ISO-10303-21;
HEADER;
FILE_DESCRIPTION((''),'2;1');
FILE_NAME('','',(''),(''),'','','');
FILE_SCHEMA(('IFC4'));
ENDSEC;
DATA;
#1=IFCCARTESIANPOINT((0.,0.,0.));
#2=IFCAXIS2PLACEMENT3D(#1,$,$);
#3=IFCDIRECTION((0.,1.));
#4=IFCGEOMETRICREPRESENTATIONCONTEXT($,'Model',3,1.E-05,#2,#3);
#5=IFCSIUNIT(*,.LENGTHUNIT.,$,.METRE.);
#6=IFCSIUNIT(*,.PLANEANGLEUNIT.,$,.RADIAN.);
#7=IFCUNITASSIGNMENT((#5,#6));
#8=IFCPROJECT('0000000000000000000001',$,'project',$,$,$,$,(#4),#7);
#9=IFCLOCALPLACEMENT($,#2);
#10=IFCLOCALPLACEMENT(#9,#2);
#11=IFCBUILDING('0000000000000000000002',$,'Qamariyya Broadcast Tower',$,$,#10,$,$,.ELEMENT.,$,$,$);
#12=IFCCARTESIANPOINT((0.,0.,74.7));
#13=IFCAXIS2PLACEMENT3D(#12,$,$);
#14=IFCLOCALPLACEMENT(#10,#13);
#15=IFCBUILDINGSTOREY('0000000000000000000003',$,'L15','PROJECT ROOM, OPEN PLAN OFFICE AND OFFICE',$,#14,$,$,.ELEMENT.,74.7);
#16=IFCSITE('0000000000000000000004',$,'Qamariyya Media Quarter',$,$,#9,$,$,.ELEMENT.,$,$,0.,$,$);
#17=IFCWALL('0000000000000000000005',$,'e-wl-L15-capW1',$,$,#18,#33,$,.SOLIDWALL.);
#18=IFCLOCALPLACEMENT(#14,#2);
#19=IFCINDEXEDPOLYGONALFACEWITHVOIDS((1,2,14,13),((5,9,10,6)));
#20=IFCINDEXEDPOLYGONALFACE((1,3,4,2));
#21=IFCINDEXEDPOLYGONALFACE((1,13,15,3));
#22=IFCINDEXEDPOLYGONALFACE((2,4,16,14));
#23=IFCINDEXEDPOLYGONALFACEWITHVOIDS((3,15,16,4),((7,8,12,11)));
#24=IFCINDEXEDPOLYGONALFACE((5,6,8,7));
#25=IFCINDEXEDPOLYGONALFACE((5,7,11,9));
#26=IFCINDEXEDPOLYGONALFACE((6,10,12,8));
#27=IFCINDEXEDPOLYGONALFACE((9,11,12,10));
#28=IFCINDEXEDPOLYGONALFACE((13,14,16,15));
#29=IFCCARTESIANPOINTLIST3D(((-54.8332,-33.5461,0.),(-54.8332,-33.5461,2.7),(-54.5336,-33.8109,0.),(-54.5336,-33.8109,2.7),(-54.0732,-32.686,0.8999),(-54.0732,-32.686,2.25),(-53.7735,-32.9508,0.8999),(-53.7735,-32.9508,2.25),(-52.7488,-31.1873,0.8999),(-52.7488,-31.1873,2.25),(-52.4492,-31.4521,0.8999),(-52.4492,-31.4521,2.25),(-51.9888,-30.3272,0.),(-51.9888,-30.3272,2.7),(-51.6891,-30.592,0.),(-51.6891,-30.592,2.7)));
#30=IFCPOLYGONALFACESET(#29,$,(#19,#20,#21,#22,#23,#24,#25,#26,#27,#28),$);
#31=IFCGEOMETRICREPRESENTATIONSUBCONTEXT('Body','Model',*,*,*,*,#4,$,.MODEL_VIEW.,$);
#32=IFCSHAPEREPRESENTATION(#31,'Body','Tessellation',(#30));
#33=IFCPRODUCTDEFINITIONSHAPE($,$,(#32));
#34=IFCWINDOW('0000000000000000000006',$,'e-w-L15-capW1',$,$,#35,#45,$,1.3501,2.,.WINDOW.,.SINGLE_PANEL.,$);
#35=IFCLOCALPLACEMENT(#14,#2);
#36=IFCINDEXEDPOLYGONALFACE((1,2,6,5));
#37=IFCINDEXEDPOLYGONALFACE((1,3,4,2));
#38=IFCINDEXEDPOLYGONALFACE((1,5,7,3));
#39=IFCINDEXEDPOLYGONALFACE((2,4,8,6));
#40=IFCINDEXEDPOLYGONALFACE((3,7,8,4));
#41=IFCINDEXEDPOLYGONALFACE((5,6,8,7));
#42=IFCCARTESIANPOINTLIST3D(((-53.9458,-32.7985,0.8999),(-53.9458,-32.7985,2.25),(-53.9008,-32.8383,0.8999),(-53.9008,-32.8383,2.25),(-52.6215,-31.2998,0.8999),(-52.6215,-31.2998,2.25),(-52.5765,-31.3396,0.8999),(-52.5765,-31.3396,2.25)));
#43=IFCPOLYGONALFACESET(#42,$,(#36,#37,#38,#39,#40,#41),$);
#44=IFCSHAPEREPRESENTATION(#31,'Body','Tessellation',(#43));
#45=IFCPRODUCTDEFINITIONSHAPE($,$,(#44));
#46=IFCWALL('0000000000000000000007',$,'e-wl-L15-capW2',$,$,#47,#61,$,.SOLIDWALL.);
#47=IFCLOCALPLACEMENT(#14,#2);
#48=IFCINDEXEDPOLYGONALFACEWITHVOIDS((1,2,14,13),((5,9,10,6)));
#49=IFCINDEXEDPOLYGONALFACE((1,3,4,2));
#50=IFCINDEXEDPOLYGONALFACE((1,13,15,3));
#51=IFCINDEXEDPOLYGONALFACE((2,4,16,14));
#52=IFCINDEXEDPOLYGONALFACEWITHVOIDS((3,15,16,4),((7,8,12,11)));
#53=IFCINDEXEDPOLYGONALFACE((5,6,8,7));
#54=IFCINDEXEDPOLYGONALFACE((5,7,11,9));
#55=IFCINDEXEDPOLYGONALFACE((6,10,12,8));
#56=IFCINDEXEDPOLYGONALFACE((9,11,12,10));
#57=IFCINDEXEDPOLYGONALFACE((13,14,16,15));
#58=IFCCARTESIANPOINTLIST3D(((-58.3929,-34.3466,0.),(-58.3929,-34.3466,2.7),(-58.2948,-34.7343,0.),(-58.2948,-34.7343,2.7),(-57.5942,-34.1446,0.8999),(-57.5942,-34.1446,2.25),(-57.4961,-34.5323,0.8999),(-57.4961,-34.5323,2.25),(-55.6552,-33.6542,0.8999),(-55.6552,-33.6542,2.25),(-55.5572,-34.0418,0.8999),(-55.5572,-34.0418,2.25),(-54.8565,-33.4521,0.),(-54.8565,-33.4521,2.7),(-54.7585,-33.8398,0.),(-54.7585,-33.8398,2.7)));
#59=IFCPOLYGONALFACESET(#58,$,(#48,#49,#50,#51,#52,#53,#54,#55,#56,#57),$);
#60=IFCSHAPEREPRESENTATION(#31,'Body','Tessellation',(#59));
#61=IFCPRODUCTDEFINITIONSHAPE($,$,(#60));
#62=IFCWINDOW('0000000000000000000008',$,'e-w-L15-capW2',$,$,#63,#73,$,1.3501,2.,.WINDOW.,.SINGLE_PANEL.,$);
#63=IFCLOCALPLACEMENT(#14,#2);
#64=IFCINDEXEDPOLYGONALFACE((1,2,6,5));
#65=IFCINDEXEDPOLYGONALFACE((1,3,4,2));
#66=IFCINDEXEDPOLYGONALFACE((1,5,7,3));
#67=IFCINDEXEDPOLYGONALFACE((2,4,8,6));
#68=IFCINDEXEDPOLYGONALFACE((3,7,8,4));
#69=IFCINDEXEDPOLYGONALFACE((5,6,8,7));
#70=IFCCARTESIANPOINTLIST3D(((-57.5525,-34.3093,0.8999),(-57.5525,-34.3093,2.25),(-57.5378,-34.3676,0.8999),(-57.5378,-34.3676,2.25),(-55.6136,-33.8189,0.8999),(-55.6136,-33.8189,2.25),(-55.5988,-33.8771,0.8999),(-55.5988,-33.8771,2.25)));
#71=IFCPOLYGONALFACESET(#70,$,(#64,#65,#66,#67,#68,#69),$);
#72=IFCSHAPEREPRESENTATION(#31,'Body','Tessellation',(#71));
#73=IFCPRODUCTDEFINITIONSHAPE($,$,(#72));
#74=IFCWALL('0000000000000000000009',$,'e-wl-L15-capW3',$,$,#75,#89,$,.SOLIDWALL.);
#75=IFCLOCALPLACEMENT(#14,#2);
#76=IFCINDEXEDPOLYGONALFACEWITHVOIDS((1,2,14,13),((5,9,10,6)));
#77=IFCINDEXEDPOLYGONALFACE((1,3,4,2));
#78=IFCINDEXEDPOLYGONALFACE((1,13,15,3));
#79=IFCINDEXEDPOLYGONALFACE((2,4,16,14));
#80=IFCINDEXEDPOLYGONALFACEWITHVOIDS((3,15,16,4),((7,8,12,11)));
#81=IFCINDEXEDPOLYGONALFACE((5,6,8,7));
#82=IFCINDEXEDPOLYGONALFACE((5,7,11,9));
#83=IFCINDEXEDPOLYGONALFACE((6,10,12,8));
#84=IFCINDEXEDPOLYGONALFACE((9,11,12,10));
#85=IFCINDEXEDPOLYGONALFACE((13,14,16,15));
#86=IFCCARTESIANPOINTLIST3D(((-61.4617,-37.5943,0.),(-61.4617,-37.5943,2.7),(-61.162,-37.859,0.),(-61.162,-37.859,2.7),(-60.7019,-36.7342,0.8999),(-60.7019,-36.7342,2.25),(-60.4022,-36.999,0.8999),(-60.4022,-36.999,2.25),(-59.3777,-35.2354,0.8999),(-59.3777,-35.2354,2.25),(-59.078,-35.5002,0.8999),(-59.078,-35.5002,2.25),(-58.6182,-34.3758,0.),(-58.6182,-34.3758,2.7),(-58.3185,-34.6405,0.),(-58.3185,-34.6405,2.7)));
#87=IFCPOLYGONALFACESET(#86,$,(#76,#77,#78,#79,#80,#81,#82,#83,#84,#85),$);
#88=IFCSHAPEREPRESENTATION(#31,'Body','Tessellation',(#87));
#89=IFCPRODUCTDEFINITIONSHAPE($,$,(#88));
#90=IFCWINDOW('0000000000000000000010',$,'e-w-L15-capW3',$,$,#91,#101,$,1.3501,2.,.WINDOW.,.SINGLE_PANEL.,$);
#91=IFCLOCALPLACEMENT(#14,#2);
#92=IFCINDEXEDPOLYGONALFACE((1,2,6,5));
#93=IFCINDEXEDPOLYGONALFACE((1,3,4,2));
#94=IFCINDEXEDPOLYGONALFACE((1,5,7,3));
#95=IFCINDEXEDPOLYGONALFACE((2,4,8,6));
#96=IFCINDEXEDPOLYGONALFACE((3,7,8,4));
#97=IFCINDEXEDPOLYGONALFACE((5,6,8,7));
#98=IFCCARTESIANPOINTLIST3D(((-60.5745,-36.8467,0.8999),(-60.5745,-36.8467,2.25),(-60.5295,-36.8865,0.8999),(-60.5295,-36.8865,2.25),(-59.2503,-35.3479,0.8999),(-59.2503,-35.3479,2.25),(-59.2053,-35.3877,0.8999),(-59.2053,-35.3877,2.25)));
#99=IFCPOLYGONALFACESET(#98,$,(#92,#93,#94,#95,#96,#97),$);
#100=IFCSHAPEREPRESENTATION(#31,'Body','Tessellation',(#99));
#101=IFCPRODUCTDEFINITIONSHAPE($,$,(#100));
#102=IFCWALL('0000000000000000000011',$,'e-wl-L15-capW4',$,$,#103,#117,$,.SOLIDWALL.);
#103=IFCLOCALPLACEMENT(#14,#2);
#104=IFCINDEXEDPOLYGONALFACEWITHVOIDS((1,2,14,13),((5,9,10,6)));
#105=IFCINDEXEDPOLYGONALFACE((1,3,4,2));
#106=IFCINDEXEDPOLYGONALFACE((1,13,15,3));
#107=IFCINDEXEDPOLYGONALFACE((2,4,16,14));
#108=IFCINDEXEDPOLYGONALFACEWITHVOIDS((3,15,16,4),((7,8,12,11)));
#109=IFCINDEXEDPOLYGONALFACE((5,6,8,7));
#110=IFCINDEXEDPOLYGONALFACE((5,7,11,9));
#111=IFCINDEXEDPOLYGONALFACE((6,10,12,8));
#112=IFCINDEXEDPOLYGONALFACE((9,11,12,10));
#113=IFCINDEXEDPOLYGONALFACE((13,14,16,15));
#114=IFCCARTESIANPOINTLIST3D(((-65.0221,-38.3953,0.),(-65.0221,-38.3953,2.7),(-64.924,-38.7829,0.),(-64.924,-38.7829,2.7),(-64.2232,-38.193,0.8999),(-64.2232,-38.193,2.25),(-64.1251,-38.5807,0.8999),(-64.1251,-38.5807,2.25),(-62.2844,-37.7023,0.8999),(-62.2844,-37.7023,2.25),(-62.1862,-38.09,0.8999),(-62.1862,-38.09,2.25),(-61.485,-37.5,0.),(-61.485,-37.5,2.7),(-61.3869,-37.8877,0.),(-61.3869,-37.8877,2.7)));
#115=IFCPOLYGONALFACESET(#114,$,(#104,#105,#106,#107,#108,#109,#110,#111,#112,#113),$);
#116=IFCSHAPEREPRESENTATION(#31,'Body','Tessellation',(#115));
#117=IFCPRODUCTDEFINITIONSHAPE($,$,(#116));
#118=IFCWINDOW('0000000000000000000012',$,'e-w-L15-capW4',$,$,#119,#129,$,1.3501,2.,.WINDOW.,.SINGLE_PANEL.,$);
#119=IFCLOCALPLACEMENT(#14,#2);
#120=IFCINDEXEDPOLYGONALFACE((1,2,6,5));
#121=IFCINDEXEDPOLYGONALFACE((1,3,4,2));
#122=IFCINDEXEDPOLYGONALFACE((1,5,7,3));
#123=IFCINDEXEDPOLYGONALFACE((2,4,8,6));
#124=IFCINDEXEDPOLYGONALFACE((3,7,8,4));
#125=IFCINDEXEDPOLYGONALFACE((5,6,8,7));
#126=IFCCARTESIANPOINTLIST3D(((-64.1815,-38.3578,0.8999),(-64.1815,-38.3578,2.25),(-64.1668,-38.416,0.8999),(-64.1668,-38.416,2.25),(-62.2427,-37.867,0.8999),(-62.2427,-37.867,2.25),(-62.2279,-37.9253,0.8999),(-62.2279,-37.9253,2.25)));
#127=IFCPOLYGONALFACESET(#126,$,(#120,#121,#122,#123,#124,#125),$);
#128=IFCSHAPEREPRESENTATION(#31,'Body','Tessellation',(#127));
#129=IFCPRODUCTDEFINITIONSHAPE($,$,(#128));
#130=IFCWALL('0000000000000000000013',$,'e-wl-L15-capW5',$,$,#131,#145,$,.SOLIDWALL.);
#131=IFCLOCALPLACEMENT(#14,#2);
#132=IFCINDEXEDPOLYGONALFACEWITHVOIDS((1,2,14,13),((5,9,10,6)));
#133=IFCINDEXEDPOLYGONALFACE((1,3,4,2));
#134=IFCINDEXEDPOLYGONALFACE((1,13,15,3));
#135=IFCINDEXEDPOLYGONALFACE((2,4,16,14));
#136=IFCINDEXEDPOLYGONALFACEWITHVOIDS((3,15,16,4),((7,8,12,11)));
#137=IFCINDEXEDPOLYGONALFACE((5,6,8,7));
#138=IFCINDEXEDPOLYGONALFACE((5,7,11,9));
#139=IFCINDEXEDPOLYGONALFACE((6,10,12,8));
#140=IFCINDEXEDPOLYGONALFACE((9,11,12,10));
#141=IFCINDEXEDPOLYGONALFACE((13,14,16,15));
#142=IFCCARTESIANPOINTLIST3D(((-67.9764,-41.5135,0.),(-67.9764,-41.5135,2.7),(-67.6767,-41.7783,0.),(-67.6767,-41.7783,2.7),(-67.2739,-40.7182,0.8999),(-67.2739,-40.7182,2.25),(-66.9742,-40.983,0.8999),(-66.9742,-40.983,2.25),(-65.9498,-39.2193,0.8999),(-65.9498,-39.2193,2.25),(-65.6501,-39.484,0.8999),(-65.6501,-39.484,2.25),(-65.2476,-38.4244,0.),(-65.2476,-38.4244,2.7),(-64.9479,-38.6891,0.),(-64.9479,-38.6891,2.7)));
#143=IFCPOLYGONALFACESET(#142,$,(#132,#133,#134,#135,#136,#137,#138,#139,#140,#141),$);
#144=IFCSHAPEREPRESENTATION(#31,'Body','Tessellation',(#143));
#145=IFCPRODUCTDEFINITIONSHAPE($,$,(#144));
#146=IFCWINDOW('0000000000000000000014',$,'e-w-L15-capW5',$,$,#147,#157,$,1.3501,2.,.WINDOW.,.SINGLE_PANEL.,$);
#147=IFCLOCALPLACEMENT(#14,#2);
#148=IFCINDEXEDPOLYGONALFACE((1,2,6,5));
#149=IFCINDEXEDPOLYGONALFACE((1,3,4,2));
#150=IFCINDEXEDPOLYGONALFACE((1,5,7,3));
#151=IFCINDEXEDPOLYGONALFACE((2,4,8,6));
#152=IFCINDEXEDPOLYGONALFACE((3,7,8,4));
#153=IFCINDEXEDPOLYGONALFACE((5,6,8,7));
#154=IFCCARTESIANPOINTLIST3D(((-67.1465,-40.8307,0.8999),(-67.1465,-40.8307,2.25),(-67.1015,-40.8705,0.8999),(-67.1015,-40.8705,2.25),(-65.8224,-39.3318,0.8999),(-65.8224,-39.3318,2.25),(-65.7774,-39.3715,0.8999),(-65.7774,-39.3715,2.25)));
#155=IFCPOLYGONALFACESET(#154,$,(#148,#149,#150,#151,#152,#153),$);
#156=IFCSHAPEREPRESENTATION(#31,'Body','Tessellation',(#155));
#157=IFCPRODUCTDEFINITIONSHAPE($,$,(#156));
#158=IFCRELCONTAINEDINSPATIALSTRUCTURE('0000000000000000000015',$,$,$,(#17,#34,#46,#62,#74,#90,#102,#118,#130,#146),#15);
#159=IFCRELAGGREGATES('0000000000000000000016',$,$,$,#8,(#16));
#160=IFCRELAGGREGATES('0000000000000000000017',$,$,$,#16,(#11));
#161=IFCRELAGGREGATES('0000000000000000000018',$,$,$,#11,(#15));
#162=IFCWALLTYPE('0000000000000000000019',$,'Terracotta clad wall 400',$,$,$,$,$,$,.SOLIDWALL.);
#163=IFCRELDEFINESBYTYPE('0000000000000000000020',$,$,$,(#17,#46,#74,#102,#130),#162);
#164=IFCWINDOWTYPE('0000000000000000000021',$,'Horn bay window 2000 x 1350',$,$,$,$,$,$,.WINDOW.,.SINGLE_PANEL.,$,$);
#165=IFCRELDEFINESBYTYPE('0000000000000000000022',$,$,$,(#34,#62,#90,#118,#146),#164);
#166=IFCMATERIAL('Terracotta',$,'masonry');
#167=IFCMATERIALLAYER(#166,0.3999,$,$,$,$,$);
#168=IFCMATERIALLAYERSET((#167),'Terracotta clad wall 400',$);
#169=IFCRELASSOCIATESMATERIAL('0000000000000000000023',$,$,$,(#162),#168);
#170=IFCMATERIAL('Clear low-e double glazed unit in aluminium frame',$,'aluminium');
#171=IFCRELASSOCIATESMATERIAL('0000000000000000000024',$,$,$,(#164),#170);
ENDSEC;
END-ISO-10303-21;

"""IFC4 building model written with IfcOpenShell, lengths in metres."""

from ifc_helpers import new_model, si_unit, direction, frame, frame_2d, origin, place, context, subcontext, project, spatial, rectangle, extrude, material, layer, layer_set, type_object, element, fill, save


model = new_model("IFC4")

# Units and contexts
model_context = context("Model", 3, precision=1e-05, world=origin(), true_north=direction((0.0, 1.0)))
body_context = subcontext(model_context, "Body", "Model", "MODEL_VIEW")
ifc_project = project(units=[si_unit("LENGTHUNIT", "METRE"), si_unit("PLANEANGLEUNIT", "RADIAN")], contexts=[model_context])

# Site, building, storey
site_placement = place(None, origin())
site = spatial("IfcSite", under=ifc_project, at=site_placement, Name="Qamariyya Media Quarter", CompositionType="ELEMENT", RefElevation=0.0)
building_placement = place(site_placement, origin())
building = spatial("IfcBuilding", under=site, at=building_placement, Name="Qamariyya Broadcast Tower", CompositionType="ELEMENT")
storey_placement = place(building_placement, frame((0.0, 0.0, 74.7)))
storey = spatial("IfcBuildingStorey", under=building, at=storey_placement, Name="L15", Description="PROJECT ROOM, OPEN PLAN OFFICE AND OFFICE", CompositionType="ELEMENT", Elevation=74.7)

# Walls, openings, windows
ifc_material_1 = material(Name="Terracotta", Category="masonry")
ifc_layer = layer(ifc_material_1, 0.3999)
ifc_layer_set = layer_set([ifc_layer], Name="Terracotta clad wall 400")
wall_type = type_object("IfcWallType", Name="Terracotta clad wall 400", PredefinedType="SOLIDWALL", material=ifc_layer_set)
ifc_material_2 = material(Name="Clear low-e double glazed unit in aluminium frame", Category="aluminium")
window_type = type_object("IfcWindowType", Name="Horn bay window 2000 x 1350", PartitioningType="SINGLE_PANEL", PredefinedType="WINDOW", material=ifc_material_2)
wall_1_placement = place(storey_placement, frame((-51.8389, -30.4595, 0.0), z_axis=(0.0, 0.0, 1.0), x_axis=(-0.66217, -0.749353, 0.0)))
wall_1 = element("IfcWall", 1, at=wall_1_placement, inside=storey, type_object=wall_type, Name="e-wl-L15-capW1", PredefinedType="SOLIDWALL", context=body_context, shape_type="SweptSolid", body=[
    extrude(rectangle(XDim=4.2957, YDim=0.3999, at=frame_2d((2.1479, 0.0))), origin(), (0.0, 0.0, 1.0), 2.7),
])
opening_1_placement = place(wall_1_placement, frame((1.1479, 0.0, 0.8999)))
opening_1 = element("IfcOpeningElement", 2, at=opening_1_placement, cuts=wall_1, PredefinedType="OPENING", context=body_context, shape_type="SweptSolid", body=[
    extrude(rectangle(XDim=2.0, YDim=1.3501, at=frame_2d((1.0, 0.675))), frame((0.0, 0.21, 0.0), z_axis=(0.0, -1.0, 0.0), x_axis=(1.0, 0.0, 0.0)), (0.0, 0.0, 1.0), 0.4199),
])
window_1_placement = place(opening_1_placement, origin())
window_1 = element("IfcWindow", 3, at=window_1_placement, inside=storey, type_object=window_type, Name="e-w-L15-capW1", OverallHeight=1.3501, OverallWidth=2.0, PartitioningType="SINGLE_PANEL", PredefinedType="WINDOW", context=body_context, shape_type="SweptSolid", body=[
    extrude(rectangle(XDim=2.0, YDim=1.3501, at=frame_2d((1.0, 0.675))), frame((0.0, 0.03, 0.0), z_axis=(0.0, -1.0, 0.0), x_axis=(1.0, 0.0, 0.0)), (0.0, 0.0, 1.0), 0.0601),
])
fill(opening_1, window_1)
wall_2_placement = place(storey_placement, frame((-54.8076, -33.646, 0.0), z_axis=(0.0, 0.0, 1.0), x_axis=(-0.969466, -0.245228, 0.0)))
wall_2 = element("IfcWall", 4, at=wall_2_placement, inside=storey, type_object=wall_type, Name="e-wl-L15-capW2", PredefinedType="SOLIDWALL", context=body_context, shape_type="SweptSolid", body=[
    extrude(rectangle(XDim=3.6477, YDim=0.3999, at=frame_2d((1.8237, 0.0))), origin(), (0.0, 0.0, 1.0), 2.7),
])
opening_2_placement = place(wall_2_placement, frame((0.8237, 0.0, 0.8999)))
opening_2 = element("IfcOpeningElement", 5, at=opening_2_placement, cuts=wall_2, PredefinedType="OPENING", context=body_context, shape_type="SweptSolid", body=[
    extrude(rectangle(XDim=2.0, YDim=1.3501, at=frame_2d((1.0, 0.675))), frame((0.0, 0.21, 0.0), z_axis=(0.0, -1.0, 0.0), x_axis=(1.0, 0.0, 0.0)), (0.0, 0.0, 1.0), 0.4199),
])
window_2_placement = place(opening_2_placement, origin())
window_2 = element("IfcWindow", 6, at=window_2_placement, inside=storey, type_object=window_type, Name="e-w-L15-capW2", OverallHeight=1.3501, OverallWidth=2.0, PartitioningType="SINGLE_PANEL", PredefinedType="WINDOW", context=body_context, shape_type="SweptSolid", body=[
    extrude(rectangle(XDim=2.0, YDim=1.3501, at=frame_2d((1.0, 0.675))), frame((0.0, 0.03, 0.0), z_axis=(0.0, -1.0, 0.0), x_axis=(1.0, 0.0, 0.0)), (0.0, 0.0, 1.0), 0.0601),
])
fill(opening_2, window_2)
wall_3_placement = place(storey_placement, frame((-58.4683, -34.5081, 0.0), z_axis=(0.0, 0.0, 1.0), x_axis=(-0.662099, -0.749416, 0.0)))
wall_3 = element("IfcWall", 7, at=wall_3_placement, inside=storey, type_object=wall_type, Name="e-wl-L15-capW3", PredefinedType="SOLIDWALL", context=body_context, shape_type="SweptSolid", body=[
    extrude(rectangle(XDim=4.2947, YDim=0.3999, at=frame_2d((2.1475, 0.0))), origin(), (0.0, 0.0, 1.0), 2.7),
])
opening_3_placement = place(wall_3_placement, frame((1.1472, 0.0, 0.8999)))
opening_3 = element("IfcOpeningElement", 8, at=opening_3_placement, cuts=wall_3, PredefinedType="OPENING", context=body_context, shape_type="SweptSolid", body=[
    extrude(rectangle(XDim=2.0, YDim=1.3501, at=frame_2d((1.0, 0.675))), frame((0.0, 0.21, 0.0), z_axis=(0.0, -1.0, 0.0), x_axis=(1.0, 0.0, 0.0)), (0.0, 0.0, 1.0), 0.4199),
])
window_3_placement = place(opening_3_placement, origin())
window_3 = element("IfcWindow", 9, at=window_3_placement, inside=storey, type_object=window_type, Name="e-w-L15-capW3", OverallHeight=1.3501, OverallWidth=2.0, PartitioningType="SINGLE_PANEL", PredefinedType="WINDOW", context=body_context, shape_type="SweptSolid", body=[
    extrude(rectangle(XDim=2.0, YDim=1.3501, at=frame_2d((1.0, 0.675))), frame((0.0, 0.03, 0.0), z_axis=(0.0, -1.0, 0.0), x_axis=(1.0, 0.0, 0.0)), (0.0, 0.0, 1.0), 0.0601),
])
fill(opening_3, window_3)
wall_4_placement = place(storey_placement, frame((-61.436, -37.6938, 0.0), z_axis=(0.0, 0.0, 1.0), x_axis=(-0.96943, -0.245369, 0.0)))
wall_4 = element("IfcWall", 10, at=wall_4_placement, inside=storey, type_object=wall_type, Name="e-wl-L15-capW4", PredefinedType="SOLIDWALL", context=body_context, shape_type="SweptSolid", body=[
    extrude(rectangle(XDim=3.6487, YDim=0.3999, at=frame_2d((1.8242, 0.0))), origin(), (0.0, 0.0, 1.0), 2.7),
])
opening_4_placement = place(wall_4_placement, frame((0.8245, 0.0, 0.8999)))
opening_4 = element("IfcOpeningElement", 11, at=opening_4_placement, cuts=wall_4, PredefinedType="OPENING", context=body_context, shape_type="SweptSolid", body=[
    extrude(rectangle(XDim=2.0, YDim=1.3501, at=frame_2d((1.0, 0.675))), frame((0.0, 0.21, 0.0), z_axis=(0.0, -1.0, 0.0), x_axis=(1.0, 0.0, 0.0)), (0.0, 0.0, 1.0), 0.4199),
])
window_4_placement = place(opening_4_placement, origin())
window_4 = element("IfcWindow", 12, at=window_4_placement, inside=storey, type_object=window_type, Name="e-w-L15-capW4", OverallHeight=1.3501, OverallWidth=2.0, PartitioningType="SINGLE_PANEL", PredefinedType="WINDOW", context=body_context, shape_type="SweptSolid", body=[
    extrude(rectangle(XDim=2.0, YDim=1.3501, at=frame_2d((1.0, 0.675))), frame((0.0, 0.03, 0.0), z_axis=(0.0, -1.0, 0.0), x_axis=(1.0, 0.0, 0.0)), (0.0, 0.0, 1.0), 0.0601),
])
fill(opening_4, window_4)
wall_5_placement = place(storey_placement, frame((-65.0977, -38.5566, 0.0), z_axis=(0.0, 0.0, 1.0), x_axis=(-0.662041, -0.749468, 0.0)))
wall_5 = element("IfcWall", 13, at=wall_5_placement, inside=storey, type_object=wall_type, Name="e-wl-L15-capW5", PredefinedType="SOLIDWALL", context=body_context, shape_type="SweptSolid", body=[
    extrude(rectangle(XDim=4.1218, YDim=0.3999, at=frame_2d((2.061, 0.0))), origin(), (0.0, 0.0, 1.0), 2.7),
])
opening_5_placement = place(wall_5_placement, frame((1.0608, 0.0, 0.8999)))
opening_5 = element("IfcOpeningElement", 14, at=opening_5_placement, cuts=wall_5, PredefinedType="OPENING", context=body_context, shape_type="SweptSolid", body=[
    extrude(rectangle(XDim=2.0, YDim=1.3501, at=frame_2d((1.0, 0.675))), frame((0.0, 0.21, 0.0), z_axis=(0.0, -1.0, 0.0), x_axis=(1.0, 0.0, 0.0)), (0.0, 0.0, 1.0), 0.4199),
])
window_5_placement = place(opening_5_placement, origin())
window_5 = element("IfcWindow", 15, at=window_5_placement, inside=storey, type_object=window_type, Name="e-w-L15-capW5", OverallHeight=1.3501, OverallWidth=2.0, PartitioningType="SINGLE_PANEL", PredefinedType="WINDOW", context=body_context, shape_type="SweptSolid", body=[
    extrude(rectangle(XDim=2.0, YDim=1.3501, at=frame_2d((1.0, 0.675))), frame((0.0, 0.03, 0.0), z_axis=(0.0, -1.0, 0.0), x_axis=(1.0, 0.0, 0.0)), (0.0, 0.0, 1.0), 0.0601),
])
fill(opening_5, window_5)

save(model, "model.ifc")
